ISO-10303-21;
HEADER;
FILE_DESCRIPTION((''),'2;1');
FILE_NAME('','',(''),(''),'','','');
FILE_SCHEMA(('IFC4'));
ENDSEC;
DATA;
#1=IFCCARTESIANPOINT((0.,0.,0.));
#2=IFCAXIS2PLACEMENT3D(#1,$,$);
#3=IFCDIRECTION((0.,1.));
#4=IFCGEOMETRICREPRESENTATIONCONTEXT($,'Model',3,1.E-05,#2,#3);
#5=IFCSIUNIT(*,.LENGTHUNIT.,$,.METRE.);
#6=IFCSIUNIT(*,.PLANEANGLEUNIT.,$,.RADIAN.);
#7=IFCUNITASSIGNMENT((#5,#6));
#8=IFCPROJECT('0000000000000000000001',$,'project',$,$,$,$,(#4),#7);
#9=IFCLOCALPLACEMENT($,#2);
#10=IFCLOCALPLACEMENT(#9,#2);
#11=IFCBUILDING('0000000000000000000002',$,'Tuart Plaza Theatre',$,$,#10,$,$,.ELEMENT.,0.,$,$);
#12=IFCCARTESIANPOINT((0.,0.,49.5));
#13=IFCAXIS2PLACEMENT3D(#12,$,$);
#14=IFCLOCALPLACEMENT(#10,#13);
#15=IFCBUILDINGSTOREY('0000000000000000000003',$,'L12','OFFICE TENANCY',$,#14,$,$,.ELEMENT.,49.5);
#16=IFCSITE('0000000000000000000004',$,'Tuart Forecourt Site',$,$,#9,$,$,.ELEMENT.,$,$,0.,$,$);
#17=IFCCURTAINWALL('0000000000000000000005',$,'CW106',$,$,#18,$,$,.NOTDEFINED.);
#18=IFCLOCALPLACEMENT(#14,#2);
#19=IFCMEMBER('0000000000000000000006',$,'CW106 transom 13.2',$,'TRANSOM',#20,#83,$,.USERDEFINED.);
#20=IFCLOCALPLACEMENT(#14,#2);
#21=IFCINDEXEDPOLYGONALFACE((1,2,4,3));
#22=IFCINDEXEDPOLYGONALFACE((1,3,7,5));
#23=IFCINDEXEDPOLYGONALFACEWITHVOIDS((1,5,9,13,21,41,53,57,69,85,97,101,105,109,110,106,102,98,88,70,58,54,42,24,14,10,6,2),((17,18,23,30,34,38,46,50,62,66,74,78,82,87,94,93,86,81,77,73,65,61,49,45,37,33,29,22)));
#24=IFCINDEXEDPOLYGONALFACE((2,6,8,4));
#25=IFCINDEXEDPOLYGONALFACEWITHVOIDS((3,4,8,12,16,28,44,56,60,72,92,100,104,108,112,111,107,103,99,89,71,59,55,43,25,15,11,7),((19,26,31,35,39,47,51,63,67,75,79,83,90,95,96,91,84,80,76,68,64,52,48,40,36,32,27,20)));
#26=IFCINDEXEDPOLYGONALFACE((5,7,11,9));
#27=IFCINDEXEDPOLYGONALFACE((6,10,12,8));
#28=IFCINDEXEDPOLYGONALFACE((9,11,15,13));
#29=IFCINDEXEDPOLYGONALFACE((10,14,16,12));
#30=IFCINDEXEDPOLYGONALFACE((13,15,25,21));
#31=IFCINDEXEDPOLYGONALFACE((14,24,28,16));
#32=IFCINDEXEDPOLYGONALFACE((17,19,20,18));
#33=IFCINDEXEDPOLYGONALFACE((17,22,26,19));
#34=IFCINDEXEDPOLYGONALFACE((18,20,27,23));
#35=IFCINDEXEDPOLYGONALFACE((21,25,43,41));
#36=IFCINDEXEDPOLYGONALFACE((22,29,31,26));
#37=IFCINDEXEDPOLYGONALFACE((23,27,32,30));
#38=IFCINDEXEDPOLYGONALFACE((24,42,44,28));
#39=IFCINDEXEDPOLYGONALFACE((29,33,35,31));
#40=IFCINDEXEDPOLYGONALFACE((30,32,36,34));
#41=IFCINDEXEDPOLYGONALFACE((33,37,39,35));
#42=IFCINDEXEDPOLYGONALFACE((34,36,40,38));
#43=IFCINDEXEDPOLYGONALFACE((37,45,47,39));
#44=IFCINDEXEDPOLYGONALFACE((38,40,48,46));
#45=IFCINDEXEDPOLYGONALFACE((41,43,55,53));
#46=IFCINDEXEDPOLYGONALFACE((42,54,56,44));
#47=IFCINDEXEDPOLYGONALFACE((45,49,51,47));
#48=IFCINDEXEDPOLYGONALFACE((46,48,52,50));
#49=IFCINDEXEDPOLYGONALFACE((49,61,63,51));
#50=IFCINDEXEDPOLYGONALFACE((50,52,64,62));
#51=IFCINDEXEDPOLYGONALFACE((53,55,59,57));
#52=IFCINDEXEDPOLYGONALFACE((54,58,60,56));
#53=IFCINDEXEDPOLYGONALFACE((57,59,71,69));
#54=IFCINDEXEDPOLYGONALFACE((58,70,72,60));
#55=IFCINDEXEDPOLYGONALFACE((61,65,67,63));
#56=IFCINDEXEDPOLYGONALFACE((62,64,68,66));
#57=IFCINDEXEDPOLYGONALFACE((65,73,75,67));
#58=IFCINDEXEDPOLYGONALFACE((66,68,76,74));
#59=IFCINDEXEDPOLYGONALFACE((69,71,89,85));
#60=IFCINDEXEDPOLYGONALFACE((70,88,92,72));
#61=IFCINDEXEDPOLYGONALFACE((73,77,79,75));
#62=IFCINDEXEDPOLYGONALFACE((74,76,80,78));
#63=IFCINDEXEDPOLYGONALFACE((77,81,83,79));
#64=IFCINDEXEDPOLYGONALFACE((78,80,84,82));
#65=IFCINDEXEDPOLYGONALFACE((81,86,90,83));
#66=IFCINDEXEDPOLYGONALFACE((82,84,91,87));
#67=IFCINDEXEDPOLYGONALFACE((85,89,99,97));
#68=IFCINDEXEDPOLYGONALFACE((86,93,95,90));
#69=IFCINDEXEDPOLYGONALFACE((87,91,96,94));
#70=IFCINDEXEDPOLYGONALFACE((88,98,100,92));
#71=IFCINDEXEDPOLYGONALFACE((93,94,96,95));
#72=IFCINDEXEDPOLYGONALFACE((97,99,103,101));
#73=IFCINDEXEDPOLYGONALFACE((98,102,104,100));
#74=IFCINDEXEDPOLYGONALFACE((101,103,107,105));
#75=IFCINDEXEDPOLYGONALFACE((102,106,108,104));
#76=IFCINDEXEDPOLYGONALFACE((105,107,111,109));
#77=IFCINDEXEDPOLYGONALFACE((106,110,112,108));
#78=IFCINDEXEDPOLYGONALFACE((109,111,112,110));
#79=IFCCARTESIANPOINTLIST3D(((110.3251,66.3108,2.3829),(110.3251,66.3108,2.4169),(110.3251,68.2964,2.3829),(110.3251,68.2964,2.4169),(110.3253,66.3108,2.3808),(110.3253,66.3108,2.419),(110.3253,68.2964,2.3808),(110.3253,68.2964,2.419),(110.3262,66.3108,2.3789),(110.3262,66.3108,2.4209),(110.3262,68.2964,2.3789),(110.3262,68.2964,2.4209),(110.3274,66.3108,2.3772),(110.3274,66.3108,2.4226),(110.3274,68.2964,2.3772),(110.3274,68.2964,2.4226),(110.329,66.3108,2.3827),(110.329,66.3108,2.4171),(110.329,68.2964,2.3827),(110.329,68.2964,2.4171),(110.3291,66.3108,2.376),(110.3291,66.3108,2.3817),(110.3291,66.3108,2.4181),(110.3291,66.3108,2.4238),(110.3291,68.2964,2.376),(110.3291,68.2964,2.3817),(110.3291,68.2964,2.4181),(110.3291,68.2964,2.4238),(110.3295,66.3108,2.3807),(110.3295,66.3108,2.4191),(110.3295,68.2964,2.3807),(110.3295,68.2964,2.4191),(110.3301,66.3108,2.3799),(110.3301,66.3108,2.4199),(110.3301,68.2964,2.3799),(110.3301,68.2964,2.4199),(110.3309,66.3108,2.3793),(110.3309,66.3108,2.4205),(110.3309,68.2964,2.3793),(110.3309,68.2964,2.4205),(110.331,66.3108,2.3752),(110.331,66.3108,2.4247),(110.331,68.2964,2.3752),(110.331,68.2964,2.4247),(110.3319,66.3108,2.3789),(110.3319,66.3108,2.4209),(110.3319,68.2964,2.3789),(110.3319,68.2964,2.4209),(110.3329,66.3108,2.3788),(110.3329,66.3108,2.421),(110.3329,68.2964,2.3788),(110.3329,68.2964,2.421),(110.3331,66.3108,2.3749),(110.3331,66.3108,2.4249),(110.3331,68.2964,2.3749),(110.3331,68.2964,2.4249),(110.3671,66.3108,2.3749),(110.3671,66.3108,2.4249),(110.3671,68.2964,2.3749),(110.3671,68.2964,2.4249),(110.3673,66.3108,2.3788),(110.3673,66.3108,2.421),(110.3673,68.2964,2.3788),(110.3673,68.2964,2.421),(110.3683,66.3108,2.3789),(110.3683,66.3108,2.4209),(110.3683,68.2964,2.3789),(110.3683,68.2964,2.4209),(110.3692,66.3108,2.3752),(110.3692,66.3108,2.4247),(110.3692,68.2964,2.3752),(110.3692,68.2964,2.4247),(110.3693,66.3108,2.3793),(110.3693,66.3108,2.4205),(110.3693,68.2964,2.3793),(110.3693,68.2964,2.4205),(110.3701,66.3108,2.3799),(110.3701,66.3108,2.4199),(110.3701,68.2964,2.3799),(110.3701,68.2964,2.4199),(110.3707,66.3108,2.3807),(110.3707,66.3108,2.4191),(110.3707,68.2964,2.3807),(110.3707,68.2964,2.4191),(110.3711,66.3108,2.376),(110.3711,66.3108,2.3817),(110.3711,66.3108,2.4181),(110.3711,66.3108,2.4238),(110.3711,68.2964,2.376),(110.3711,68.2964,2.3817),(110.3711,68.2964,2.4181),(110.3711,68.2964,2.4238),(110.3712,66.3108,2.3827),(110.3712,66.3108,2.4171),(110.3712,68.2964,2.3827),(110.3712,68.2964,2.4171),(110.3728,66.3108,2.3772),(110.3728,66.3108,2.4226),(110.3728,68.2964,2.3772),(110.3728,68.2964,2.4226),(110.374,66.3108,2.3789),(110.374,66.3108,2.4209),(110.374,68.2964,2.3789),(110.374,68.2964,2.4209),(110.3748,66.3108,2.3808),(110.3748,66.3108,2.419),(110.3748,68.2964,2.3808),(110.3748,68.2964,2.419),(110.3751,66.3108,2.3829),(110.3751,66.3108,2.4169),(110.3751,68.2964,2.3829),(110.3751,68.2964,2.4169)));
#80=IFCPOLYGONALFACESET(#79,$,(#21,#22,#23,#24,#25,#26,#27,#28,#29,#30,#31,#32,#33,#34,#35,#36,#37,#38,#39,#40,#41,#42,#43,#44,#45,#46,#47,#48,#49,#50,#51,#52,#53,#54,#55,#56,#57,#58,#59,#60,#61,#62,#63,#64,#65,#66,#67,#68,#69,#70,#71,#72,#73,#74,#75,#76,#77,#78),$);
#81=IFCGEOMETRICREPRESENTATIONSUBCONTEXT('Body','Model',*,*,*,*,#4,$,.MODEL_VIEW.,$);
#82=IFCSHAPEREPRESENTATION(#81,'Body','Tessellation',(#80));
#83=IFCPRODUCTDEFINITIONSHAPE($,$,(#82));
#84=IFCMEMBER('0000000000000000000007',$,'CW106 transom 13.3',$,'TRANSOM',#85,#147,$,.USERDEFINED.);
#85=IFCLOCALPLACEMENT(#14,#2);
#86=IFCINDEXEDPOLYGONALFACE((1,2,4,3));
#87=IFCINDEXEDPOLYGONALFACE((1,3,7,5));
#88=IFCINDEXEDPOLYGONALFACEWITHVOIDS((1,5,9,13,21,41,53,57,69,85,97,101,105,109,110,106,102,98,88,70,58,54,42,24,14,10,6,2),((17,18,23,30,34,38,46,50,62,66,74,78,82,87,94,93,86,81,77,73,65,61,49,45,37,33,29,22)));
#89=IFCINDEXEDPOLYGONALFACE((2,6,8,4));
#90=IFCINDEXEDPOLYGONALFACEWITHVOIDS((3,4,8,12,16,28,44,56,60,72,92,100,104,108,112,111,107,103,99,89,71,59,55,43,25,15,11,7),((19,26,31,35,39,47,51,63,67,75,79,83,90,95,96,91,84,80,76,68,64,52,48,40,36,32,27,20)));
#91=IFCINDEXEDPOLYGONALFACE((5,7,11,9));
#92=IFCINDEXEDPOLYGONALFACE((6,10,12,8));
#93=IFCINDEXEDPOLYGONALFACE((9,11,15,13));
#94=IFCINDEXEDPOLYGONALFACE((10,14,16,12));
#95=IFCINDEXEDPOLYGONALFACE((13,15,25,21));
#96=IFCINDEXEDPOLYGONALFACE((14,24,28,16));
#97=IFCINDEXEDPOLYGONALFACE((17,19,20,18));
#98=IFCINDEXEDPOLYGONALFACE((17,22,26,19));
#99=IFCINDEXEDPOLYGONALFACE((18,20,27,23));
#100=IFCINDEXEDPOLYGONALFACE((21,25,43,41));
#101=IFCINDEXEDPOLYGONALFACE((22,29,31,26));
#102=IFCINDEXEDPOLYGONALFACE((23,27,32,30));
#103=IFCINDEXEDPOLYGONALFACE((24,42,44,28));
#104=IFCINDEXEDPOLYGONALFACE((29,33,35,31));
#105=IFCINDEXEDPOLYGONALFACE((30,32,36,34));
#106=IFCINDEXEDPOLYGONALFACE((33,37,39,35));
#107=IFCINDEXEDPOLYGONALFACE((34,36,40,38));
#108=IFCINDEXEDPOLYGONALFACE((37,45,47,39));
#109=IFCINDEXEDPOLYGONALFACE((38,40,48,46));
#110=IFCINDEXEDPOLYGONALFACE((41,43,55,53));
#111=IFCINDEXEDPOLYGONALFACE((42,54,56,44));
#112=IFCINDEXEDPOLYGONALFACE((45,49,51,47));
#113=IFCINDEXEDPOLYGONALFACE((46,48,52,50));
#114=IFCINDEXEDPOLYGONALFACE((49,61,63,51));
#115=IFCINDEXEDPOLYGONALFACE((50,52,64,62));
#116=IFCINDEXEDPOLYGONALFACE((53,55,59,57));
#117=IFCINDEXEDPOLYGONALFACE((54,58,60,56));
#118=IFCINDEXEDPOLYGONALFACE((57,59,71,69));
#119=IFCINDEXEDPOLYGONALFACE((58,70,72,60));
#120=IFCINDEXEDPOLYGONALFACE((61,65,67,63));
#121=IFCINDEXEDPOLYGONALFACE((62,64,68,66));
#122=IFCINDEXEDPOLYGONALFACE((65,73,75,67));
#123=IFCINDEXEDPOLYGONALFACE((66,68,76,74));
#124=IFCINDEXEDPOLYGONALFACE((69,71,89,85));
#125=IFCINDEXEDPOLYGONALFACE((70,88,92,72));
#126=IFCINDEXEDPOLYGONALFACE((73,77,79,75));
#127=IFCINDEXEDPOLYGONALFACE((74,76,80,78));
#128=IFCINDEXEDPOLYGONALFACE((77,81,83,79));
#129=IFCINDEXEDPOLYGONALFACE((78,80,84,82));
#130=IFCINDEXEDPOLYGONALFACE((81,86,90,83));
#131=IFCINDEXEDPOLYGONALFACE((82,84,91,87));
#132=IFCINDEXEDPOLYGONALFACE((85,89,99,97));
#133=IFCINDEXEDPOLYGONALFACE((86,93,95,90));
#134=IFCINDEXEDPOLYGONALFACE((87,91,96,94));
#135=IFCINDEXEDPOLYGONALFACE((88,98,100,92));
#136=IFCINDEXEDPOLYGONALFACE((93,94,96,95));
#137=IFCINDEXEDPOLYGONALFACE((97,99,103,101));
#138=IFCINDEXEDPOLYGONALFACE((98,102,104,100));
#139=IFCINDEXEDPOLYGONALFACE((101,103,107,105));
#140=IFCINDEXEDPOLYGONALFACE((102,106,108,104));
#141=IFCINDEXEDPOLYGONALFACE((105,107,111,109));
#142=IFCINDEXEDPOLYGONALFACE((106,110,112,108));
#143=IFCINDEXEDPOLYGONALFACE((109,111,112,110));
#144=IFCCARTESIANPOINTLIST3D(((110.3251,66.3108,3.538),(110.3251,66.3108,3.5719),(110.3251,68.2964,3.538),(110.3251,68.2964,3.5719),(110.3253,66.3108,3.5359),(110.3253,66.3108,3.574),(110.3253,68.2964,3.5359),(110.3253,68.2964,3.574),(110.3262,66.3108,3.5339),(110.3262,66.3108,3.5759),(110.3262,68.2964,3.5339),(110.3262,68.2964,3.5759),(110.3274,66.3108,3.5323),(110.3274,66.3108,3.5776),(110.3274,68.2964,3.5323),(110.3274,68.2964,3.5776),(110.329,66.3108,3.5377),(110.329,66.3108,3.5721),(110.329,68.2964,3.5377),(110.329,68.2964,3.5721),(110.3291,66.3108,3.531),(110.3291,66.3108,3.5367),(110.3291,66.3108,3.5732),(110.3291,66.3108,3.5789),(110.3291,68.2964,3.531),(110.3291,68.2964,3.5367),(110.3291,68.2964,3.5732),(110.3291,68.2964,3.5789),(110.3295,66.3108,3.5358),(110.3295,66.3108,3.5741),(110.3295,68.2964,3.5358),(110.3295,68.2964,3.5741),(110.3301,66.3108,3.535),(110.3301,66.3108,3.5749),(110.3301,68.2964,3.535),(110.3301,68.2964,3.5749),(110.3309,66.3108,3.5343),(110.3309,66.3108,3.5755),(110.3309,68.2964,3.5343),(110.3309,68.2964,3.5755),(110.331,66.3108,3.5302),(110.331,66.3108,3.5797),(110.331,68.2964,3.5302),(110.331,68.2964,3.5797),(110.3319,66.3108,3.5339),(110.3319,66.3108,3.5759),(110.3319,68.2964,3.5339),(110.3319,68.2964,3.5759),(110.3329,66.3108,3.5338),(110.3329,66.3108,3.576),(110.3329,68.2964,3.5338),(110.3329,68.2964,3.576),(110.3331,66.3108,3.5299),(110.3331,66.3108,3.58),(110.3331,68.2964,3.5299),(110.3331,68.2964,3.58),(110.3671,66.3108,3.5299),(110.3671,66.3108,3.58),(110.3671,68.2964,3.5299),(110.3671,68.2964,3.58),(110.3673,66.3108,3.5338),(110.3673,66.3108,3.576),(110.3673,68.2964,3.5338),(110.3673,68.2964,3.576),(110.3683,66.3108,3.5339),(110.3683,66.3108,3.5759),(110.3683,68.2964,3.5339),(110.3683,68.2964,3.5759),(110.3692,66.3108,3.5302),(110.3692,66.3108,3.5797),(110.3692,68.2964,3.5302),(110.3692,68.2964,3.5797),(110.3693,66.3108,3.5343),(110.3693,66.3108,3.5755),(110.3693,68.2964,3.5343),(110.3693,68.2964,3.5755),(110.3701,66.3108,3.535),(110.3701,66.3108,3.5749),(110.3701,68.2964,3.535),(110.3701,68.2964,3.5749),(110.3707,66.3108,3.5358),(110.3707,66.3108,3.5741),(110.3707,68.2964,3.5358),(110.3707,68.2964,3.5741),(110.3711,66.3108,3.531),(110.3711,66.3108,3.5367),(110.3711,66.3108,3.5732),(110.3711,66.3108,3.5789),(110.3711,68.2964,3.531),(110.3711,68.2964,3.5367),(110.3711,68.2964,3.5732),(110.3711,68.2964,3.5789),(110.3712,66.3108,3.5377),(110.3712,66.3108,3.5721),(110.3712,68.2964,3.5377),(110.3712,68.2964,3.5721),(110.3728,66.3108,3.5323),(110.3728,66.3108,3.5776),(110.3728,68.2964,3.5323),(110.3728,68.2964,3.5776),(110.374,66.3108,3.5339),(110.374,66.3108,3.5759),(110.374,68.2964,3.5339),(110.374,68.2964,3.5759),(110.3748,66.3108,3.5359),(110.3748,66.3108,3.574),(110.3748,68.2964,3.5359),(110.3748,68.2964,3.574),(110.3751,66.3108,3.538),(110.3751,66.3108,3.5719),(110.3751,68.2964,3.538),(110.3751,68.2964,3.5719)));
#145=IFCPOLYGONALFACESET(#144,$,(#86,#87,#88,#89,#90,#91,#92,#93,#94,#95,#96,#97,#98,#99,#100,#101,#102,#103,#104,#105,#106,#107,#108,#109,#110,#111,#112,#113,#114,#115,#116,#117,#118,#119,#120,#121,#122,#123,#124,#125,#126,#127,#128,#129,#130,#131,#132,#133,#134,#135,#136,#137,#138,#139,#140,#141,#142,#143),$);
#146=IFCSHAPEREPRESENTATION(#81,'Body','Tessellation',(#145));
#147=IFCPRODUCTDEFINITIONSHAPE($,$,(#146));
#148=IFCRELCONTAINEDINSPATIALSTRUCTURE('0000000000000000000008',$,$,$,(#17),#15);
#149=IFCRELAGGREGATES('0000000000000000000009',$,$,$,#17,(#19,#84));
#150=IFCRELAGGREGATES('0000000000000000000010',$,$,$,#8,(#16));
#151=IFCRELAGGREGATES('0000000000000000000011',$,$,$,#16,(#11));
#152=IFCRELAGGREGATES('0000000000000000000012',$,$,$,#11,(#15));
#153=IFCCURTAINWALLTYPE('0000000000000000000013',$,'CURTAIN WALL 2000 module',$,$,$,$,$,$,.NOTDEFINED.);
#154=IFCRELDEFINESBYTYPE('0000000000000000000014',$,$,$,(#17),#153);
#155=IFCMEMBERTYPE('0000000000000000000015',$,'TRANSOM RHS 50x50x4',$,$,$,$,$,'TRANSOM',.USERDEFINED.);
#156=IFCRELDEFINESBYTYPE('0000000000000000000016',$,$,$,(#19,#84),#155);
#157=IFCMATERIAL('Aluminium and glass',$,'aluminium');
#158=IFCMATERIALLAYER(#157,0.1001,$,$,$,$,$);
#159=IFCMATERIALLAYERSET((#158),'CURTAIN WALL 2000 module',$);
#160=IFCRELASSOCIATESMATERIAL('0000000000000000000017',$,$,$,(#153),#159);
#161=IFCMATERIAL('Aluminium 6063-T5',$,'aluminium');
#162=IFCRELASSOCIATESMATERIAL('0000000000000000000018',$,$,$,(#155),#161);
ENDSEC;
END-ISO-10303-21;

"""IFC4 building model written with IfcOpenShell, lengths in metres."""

from ifc_helpers import new_model, si_unit, direction, frame, origin, origin_2d, place, context, subcontext, project, spatial, hollow_rectangle, extrude, material, layer, layer_set, material_profile, profile_set, type_object, element, aggregate, save


model = new_model("IFC4")

# Units and contexts
model_context = context("Model", 3, precision=1e-05, world=origin(), true_north=direction((0.0, 1.0)))
body_context = subcontext(model_context, "Body", "Model", "MODEL_VIEW")
ifc_project = project(units=[si_unit("LENGTHUNIT", "METRE"), si_unit("PLANEANGLEUNIT", "RADIAN")], contexts=[model_context])

# Site, building, storey
site_placement = place(None, origin())
site = spatial("IfcSite", under=ifc_project, at=site_placement, Name="Tuart Forecourt Site", CompositionType="ELEMENT", RefElevation=0.0)
building_placement = place(site_placement, origin())
building = spatial("IfcBuilding", under=site, at=building_placement, Name="Tuart Plaza Theatre", CompositionType="ELEMENT", ElevationOfRefHeight=0.0)
storey_placement = place(building_placement, frame((0.0, 0.0, 49.5)))
storey = spatial("IfcBuildingStorey", under=building, at=storey_placement, Name="L12", Description="OFFICE TENANCY", CompositionType="ELEMENT", Elevation=49.5)

# Curtain wall, members
ifc_material_1 = material(Name="Aluminium and glass", Category="aluminium")
ifc_layer_1 = layer(ifc_material_1, 0.1001)
ifc_layer_set_1 = layer_set([ifc_layer_1], Name="CURTAIN WALL 2000 module")
curtain_wall_type = type_object("IfcCurtainWallType", Name="CURTAIN WALL 2000 module", PredefinedType="NOTDEFINED", material=ifc_layer_set_1)
curtain_wall_1_placement = place(storey_placement, origin())
curtain_wall_1 = element("IfcCurtainWall", 1, at=curtain_wall_1_placement, inside=storey, type_object=curtain_wall_type, Name="CW106", PredefinedType="NOTDEFINED")
ifc_material_2 = material(Name="Aluminium 6063-T5", Category="aluminium")
ifc_material_profile_1 = material_profile(ifc_material_2, hollow_rectangle(XDim=0.05, YDim=0.05, WallThickness=0.0039, InnerFilletRadius=0.0039, OuterFilletRadius=0.0081, at=origin_2d()), Name="RHS 50x50x4")
ifc_profile_set_1 = profile_set([ifc_material_profile_1], Name="Aluminium 6063-T5")
member_type_1 = type_object("IfcMemberType", Name="TRANSOM RHS 50x50x4", ElementType="TRANSOM", PredefinedType="USERDEFINED", material=ifc_profile_set_1)
member_1_placement = place(storey_placement, frame((110.3501, 68.2964, 2.3999), z_axis=(0.0, -1.0, 0.0), x_axis=(1.0, 0.0, 0.0)))
member_1 = element("IfcMember", 2, at=member_1_placement, type_object=member_type_1, Name="CW106 transom 13.2", ObjectType="TRANSOM", PredefinedType="USERDEFINED", context=body_context, shape_type="SweptSolid", body=[
    extrude(hollow_rectangle(XDim=0.05, YDim=0.05, WallThickness=0.0039, InnerFilletRadius=0.0039, OuterFilletRadius=0.0081, at=origin_2d()), origin(), (0.0, 0.0, 1.0), 1.9856),
])
member_2_placement = place(storey_placement, frame((110.3501, 68.2964, 3.5549), z_axis=(0.0, -1.0, 0.0), x_axis=(1.0, 0.0, 0.0)))
member_2 = element("IfcMember", 3, at=member_2_placement, type_object=member_type_1, Name="CW106 transom 13.3", ObjectType="TRANSOM", PredefinedType="USERDEFINED", context=body_context, shape_type="SweptSolid", body=[
    extrude(hollow_rectangle(XDim=0.05, YDim=0.05, WallThickness=0.0039, InnerFilletRadius=0.0039, OuterFilletRadius=0.0081, at=origin_2d()), origin(), (0.0, 0.0, 1.0), 1.9856),
])

aggregate(curtain_wall_1, [member_1, member_2])

save(model, "model.ifc")
